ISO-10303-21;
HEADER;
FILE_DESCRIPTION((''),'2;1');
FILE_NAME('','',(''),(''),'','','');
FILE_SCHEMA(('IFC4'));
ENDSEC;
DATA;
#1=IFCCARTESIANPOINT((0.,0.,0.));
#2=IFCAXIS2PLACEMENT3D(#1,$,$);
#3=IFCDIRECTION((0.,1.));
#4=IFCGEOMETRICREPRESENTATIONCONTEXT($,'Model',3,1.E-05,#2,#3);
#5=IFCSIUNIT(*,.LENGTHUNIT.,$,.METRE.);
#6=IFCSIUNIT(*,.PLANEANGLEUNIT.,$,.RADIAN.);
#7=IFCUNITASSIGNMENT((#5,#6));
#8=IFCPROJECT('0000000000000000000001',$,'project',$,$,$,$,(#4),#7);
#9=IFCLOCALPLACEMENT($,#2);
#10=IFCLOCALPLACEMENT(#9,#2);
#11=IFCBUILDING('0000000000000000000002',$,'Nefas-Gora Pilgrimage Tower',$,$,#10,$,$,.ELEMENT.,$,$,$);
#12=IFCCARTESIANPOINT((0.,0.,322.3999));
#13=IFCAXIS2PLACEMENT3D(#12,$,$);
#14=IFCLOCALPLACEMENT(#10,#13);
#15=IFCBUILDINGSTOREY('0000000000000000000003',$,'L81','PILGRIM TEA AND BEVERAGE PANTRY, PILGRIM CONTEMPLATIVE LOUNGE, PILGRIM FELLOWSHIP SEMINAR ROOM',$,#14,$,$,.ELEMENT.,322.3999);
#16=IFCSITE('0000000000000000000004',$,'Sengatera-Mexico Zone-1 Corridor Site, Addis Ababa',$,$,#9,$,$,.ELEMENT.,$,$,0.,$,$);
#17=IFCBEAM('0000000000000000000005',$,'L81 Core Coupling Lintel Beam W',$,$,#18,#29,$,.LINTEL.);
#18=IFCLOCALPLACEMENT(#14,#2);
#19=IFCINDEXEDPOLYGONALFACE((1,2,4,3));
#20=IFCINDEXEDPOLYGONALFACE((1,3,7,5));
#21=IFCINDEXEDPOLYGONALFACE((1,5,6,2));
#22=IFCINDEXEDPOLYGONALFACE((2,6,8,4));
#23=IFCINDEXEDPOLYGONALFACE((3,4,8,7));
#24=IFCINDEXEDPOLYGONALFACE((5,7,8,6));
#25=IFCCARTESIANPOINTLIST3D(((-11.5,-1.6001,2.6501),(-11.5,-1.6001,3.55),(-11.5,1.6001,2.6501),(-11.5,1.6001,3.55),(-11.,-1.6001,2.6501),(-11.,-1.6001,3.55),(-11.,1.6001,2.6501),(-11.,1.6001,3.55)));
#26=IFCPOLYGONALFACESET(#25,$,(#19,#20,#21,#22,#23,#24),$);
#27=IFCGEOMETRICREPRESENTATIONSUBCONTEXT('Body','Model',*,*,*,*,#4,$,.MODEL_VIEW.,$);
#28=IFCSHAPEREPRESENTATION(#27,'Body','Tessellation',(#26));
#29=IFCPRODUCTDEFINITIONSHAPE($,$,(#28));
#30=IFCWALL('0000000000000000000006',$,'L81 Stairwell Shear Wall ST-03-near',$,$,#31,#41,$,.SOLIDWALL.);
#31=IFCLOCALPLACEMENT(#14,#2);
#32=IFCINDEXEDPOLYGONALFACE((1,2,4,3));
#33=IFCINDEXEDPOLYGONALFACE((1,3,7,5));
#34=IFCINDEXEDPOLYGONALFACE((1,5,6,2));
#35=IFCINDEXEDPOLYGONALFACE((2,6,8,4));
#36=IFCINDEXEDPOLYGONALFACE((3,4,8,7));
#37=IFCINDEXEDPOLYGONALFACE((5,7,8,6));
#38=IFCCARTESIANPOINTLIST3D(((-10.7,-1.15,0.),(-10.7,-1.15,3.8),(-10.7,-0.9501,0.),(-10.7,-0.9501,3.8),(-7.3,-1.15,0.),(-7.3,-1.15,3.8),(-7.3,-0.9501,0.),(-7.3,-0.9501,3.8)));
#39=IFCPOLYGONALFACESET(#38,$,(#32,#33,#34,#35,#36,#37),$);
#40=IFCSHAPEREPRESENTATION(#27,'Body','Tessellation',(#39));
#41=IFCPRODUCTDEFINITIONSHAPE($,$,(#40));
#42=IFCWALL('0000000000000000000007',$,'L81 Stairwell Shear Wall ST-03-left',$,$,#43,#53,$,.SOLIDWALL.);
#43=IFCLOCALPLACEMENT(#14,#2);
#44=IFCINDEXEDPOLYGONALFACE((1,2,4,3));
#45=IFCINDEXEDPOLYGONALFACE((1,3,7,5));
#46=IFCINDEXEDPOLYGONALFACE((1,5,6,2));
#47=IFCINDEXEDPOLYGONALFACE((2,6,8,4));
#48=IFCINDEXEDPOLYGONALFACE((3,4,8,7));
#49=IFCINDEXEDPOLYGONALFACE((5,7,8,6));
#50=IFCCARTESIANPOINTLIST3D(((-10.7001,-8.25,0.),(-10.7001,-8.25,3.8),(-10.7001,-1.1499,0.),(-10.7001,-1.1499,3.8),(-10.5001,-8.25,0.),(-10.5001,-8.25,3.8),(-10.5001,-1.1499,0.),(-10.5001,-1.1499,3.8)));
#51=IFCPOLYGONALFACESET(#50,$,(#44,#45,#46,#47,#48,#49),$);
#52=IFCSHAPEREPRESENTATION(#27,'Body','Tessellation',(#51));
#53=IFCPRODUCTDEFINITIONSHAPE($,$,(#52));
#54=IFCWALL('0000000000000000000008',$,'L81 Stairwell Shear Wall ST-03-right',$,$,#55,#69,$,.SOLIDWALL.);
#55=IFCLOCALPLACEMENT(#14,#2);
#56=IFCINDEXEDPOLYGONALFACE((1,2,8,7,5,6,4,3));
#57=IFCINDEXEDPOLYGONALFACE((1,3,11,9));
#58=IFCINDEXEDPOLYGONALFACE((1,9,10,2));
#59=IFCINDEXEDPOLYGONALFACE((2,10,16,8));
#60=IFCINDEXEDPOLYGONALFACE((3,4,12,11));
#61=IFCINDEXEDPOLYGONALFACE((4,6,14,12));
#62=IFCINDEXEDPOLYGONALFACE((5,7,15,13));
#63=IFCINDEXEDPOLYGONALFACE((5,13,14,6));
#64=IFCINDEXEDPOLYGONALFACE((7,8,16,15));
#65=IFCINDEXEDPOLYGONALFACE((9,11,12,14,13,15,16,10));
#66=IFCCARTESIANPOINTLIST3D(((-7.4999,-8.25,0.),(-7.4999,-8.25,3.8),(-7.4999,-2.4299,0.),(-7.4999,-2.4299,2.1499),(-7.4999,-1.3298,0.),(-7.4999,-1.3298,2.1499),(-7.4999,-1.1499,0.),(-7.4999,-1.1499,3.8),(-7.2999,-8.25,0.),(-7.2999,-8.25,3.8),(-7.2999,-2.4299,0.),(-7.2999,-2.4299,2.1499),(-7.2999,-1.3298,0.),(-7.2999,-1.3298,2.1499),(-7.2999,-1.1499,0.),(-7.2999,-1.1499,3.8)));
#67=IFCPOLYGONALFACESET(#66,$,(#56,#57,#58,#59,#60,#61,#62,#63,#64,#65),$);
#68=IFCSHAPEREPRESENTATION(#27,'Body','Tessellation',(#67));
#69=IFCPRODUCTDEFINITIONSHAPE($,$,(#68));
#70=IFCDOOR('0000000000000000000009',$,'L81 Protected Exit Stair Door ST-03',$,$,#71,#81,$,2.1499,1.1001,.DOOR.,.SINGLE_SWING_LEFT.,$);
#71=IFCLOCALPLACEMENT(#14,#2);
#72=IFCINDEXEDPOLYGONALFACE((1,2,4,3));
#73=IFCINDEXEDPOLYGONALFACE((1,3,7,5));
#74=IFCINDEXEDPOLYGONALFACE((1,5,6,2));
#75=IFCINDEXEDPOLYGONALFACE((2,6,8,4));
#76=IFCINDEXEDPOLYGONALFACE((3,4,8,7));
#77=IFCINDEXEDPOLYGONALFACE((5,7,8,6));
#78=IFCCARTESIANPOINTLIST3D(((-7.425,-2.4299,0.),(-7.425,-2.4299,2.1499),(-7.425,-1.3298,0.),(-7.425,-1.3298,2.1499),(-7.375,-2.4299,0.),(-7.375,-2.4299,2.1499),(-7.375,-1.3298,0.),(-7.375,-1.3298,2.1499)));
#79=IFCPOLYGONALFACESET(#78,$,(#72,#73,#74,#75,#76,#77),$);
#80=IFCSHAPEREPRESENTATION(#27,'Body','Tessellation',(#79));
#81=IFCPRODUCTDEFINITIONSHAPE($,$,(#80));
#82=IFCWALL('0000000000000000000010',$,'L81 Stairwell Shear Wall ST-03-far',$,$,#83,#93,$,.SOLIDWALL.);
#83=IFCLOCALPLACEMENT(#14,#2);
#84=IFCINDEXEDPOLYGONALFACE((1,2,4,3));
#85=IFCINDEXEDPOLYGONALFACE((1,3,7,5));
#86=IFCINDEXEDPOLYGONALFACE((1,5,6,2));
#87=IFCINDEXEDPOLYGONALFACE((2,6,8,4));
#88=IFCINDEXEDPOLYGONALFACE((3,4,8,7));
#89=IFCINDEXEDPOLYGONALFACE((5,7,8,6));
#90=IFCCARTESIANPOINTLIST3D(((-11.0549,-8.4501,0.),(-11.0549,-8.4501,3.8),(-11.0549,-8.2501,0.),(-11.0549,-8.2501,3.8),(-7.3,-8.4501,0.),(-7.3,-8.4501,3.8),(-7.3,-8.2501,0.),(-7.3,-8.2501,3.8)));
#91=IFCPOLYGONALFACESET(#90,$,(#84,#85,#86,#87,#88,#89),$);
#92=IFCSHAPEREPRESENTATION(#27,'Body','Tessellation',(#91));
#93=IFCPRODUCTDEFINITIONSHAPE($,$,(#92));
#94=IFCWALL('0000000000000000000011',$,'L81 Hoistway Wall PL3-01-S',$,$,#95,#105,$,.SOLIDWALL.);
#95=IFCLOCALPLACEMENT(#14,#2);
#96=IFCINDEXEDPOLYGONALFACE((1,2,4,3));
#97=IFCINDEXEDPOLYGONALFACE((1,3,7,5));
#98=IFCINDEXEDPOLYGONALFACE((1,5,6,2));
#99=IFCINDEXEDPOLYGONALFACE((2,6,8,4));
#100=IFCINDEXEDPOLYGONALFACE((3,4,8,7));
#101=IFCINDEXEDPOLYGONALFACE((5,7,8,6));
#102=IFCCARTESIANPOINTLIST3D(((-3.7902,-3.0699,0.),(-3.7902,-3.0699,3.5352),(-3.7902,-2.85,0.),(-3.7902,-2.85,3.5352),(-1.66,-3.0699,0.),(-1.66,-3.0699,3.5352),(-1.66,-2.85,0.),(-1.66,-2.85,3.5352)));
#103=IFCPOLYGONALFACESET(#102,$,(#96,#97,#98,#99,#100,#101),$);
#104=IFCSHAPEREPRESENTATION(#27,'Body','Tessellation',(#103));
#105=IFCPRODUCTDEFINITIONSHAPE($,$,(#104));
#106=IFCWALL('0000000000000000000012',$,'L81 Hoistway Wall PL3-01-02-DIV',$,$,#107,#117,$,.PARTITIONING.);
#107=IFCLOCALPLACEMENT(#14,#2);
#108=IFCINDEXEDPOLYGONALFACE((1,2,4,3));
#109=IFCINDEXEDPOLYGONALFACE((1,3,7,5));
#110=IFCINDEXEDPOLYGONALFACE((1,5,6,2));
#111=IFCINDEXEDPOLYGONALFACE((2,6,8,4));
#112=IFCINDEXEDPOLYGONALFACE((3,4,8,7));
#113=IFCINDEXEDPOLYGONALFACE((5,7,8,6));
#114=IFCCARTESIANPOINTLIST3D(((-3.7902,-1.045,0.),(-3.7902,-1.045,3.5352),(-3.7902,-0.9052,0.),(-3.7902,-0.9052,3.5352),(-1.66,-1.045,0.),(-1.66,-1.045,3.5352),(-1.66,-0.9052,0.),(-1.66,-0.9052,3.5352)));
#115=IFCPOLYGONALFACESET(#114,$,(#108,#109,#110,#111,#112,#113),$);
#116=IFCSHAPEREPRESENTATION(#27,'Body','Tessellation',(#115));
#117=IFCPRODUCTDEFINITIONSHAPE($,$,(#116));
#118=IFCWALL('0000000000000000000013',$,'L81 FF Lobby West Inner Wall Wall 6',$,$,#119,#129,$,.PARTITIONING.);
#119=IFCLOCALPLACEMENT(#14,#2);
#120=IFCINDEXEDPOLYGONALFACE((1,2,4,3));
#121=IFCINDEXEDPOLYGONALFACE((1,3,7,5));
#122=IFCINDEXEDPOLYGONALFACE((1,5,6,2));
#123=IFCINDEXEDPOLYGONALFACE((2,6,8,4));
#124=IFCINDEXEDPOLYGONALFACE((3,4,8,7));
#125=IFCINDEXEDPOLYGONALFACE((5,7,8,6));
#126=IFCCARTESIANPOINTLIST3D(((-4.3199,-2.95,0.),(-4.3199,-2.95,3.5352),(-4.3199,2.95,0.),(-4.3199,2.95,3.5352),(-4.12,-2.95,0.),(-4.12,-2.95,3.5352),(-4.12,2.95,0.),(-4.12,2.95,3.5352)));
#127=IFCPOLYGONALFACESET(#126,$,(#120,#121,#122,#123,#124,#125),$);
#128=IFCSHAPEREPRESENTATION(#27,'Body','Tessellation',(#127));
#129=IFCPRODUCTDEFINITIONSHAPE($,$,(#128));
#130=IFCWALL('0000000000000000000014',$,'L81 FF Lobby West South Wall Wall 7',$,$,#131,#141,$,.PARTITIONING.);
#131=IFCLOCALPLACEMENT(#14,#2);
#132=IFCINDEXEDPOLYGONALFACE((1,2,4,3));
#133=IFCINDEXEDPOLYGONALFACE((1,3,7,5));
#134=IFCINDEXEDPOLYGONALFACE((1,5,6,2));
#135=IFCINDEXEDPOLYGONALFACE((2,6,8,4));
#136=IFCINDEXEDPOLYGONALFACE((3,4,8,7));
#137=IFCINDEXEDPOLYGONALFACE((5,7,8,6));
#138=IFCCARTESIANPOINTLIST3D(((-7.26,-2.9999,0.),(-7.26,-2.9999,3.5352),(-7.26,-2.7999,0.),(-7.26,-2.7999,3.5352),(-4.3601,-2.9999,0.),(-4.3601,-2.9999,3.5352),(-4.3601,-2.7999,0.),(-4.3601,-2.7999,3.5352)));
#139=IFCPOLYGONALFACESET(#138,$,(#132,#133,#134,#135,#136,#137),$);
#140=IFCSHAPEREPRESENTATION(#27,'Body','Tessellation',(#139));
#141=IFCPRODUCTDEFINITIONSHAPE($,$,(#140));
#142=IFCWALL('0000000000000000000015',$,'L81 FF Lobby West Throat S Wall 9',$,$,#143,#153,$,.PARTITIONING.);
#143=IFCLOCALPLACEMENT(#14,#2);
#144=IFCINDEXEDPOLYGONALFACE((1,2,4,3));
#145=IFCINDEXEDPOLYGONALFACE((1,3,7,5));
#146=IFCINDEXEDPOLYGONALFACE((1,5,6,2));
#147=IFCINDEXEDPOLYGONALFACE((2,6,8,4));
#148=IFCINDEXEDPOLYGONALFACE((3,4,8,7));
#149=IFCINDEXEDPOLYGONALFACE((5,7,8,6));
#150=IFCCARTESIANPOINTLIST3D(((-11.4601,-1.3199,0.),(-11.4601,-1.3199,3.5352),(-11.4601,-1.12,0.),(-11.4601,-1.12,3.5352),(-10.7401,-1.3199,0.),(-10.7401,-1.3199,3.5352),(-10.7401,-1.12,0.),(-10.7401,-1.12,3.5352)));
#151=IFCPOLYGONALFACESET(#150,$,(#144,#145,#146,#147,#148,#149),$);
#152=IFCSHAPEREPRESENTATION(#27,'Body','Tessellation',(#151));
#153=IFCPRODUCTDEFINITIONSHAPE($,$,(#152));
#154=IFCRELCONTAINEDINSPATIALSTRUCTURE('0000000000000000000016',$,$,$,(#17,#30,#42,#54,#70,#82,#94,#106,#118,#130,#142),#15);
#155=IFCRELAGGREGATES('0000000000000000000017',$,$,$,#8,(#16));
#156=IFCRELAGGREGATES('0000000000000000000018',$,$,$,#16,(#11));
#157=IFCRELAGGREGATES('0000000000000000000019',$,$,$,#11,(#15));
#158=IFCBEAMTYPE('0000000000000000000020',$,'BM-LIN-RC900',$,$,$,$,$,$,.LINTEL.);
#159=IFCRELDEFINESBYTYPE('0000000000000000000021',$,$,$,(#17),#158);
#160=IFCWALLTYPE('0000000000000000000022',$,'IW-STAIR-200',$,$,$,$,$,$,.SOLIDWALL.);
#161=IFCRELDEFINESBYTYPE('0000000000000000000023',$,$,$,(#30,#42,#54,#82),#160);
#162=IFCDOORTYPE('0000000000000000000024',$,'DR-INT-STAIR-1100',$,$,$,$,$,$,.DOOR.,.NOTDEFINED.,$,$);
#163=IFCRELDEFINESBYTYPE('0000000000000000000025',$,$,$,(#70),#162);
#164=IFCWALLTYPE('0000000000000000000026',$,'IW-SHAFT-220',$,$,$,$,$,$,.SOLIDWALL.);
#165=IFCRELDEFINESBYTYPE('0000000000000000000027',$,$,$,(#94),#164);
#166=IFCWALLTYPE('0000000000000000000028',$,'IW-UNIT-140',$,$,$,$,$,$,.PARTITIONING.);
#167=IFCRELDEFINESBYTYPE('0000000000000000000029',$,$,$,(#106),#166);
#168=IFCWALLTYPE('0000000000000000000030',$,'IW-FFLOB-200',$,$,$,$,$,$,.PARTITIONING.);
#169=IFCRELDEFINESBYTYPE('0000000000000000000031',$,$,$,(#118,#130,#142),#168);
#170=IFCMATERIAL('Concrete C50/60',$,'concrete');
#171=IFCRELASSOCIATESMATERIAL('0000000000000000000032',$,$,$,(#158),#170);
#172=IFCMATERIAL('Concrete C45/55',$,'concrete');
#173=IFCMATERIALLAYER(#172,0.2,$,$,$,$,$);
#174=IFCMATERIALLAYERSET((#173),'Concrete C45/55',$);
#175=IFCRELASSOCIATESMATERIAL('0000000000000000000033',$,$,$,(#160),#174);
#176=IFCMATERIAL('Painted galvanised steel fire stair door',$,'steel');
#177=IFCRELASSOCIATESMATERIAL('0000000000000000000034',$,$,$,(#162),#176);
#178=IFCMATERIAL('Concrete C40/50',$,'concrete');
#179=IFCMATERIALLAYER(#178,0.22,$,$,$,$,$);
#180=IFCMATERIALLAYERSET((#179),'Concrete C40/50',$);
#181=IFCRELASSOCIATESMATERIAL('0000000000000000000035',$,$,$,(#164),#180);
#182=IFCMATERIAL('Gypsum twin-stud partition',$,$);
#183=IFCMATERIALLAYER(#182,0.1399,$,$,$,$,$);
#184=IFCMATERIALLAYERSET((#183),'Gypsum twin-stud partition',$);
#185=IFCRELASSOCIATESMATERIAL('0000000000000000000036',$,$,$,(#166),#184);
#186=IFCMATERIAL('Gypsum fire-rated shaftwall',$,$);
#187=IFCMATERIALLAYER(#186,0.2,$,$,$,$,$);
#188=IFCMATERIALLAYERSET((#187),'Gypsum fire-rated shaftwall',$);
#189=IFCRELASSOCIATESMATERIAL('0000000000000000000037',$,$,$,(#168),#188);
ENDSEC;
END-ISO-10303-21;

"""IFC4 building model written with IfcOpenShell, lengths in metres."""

from ifc_helpers import new_model, si_unit, direction, frame, frame_2d, origin, origin_2d, place, context, subcontext, project, spatial, rectangle, extrude, source, transform, mapped, material, layer, layer_set, material_profile, profile_set, type_object, element, fill, save


model = new_model("IFC4")

# Units and contexts
model_context = context("Model", 3, precision=1e-05, world=origin(), true_north=direction((0.0, 1.0)))
body_context = subcontext(model_context, "Body", "Model", "MODEL_VIEW")
ifc_project = project(units=[si_unit("LENGTHUNIT", "METRE"), si_unit("PLANEANGLEUNIT", "RADIAN")], contexts=[model_context])

# Site, building, storey
site_placement = place(None, origin())
site = spatial("IfcSite", under=ifc_project, at=site_placement, Name="Sengatera-Mexico Zone-1 Corridor Site, Addis Ababa", CompositionType="ELEMENT", RefElevation=0.0)
building_placement = place(site_placement, origin())
building = spatial("IfcBuilding", under=site, at=building_placement, Name="Nefas-Gora Pilgrimage Tower", CompositionType="ELEMENT")
storey_placement = place(building_placement, frame((0.0, 0.0, 322.3999)))
storey = spatial("IfcBuildingStorey", under=building, at=storey_placement, Name="L81", Description="PILGRIM TEA AND BEVERAGE PANTRY, PILGRIM CONTEMPLATIVE LOUNGE, PILGRIM FELLOWSHIP SEMINAR ROOM", CompositionType="ELEMENT", Elevation=322.3999)

# Beam
ifc_material_1 = material(Name="Concrete C50/60", Category="concrete")
ifc_material_profile = material_profile(ifc_material_1, rectangle(XDim=0.5, YDim=0.8999, at=origin_2d()), Name="RC 500x900")
ifc_profile_set = profile_set([ifc_material_profile], Name="Concrete C50/60")
beam_type = type_object("IfcBeamType", Name="BM-LIN-RC900", PredefinedType="LINTEL", material=ifc_profile_set)
shared_shape_1 = source(origin(), body_context, "Body", "SweptSolid", [
    extrude(rectangle(XDim=0.5, YDim=0.8999, at=origin_2d()), origin(), (0.0, 0.0, 1.0), 3.2002),
])
beam_placement = place(storey_placement, frame((-11.25, -1.6001, 3.1001), z_axis=(0.0, 1.0, 0.0), x_axis=(-1.0, 0.0, 0.0)))
element("IfcBeam", 1, at=beam_placement, inside=storey, type_object=beam_type, Name="L81 Core Coupling Lintel Beam W", PredefinedType="LINTEL", context=body_context, shape_type="MappedRepresentation", body=[
    mapped(shared_shape_1, transform((0.0, 0.0, 0.0), x_axis=(1.0, 0.0, 0.0), y_axis=(0.0, 1.0, 0.0), z_axis=(0.0, 0.0, 1.0), scale=1.0)),
])

# Walls
ifc_material_2 = material(Name="Concrete C45/55", Category="concrete")
ifc_layer_1 = layer(ifc_material_2, 0.2)
ifc_layer_set_1 = layer_set([ifc_layer_1], Name="Concrete C45/55")
wall_type_1 = type_object("IfcWallType", Name="IW-STAIR-200", PredefinedType="SOLIDWALL", material=ifc_layer_set_1)
shared_shape_2 = source(origin(), body_context, "Body", "SweptSolid", [
    extrude(rectangle(XDim=3.3999, YDim=0.2, at=frame_2d((1.7, 0.0))), origin(), (0.0, 0.0, 1.0), 3.8),
])
wall_1_placement = place(storey_placement, frame((-10.7, -1.05, 0.0), z_axis=(0.0, 0.0, 1.0), x_axis=(1.0, 0.0, 0.0)))
element("IfcWall", 2, at=wall_1_placement, inside=storey, type_object=wall_type_1, Name="L81 Stairwell Shear Wall ST-03-near", PredefinedType="SOLIDWALL", context=body_context, shape_type="MappedRepresentation", body=[
    mapped(shared_shape_2, transform((0.0, 0.0, 0.0), x_axis=(1.0, 0.0, 0.0), y_axis=(0.0, 1.0, 0.0), z_axis=(0.0, 0.0, 1.0), scale=1.0)),
])
shared_shape_3 = source(origin(), body_context, "Body", "SweptSolid", [
    extrude(rectangle(XDim=7.1001, YDim=0.2, at=frame_2d((3.55, 0.0))), origin(), (0.0, 0.0, 1.0), 3.8),
])
wall_2_placement = place(storey_placement, frame((-10.6001, -1.1499, 0.0), z_axis=(0.0, 0.0, 1.0), x_axis=(0.0, -1.0, 0.0)))
element("IfcWall", 3, at=wall_2_placement, inside=storey, type_object=wall_type_1, Name="L81 Stairwell Shear Wall ST-03-left", PredefinedType="SOLIDWALL", context=body_context, shape_type="MappedRepresentation", body=[
    mapped(shared_shape_3, transform((0.0, 0.0, 0.0), x_axis=(1.0, 0.0, 0.0), y_axis=(0.0, 1.0, 0.0), z_axis=(0.0, 0.0, 1.0), scale=1.0)),
])

# Wall, opening, door
wall_3_placement = place(storey_placement, frame((-7.3999, -1.1499, 0.0), z_axis=(0.0, 0.0, 1.0), x_axis=(0.0, -1.0, 0.0)))
wall_3 = element("IfcWall", 4, at=wall_3_placement, inside=storey, type_object=wall_type_1, Name="L81 Stairwell Shear Wall ST-03-right", PredefinedType="SOLIDWALL", context=body_context, shape_type="MappedRepresentation", body=[
    mapped(shared_shape_3, transform((0.0, 0.0, 0.0), x_axis=(1.0, 0.0, 0.0), y_axis=(0.0, 1.0, 0.0), z_axis=(0.0, 0.0, 1.0), scale=1.0)),
])
opening_1_placement = place(wall_3_placement, frame((0.1799, 0.0, 0.0)))
opening_1 = element("IfcOpeningElement", 5, at=opening_1_placement, cuts=wall_3, PredefinedType="OPENING", context=body_context, shape_type="SweptSolid", body=[
    extrude(rectangle(XDim=1.1001, YDim=2.1499, at=frame_2d((0.55, 1.075))), frame((0.0, 0.1099, 0.0), z_axis=(0.0, -1.0, 0.0), x_axis=(1.0, 0.0, 0.0)), (0.0, 0.0, 1.0), 0.22),
])
ifc_material_3 = material(Name="Painted galvanised steel fire stair door", Category="steel")
door_type_1 = type_object("IfcDoorType", Name="DR-INT-STAIR-1100", OperationType="NOTDEFINED", PredefinedType="DOOR", material=ifc_material_3)
shared_shape_4 = source(origin(), body_context, "Body", "SweptSolid", [
    extrude(rectangle(XDim=1.1001, YDim=2.1499, at=frame_2d((0.55, 1.075))), frame((0.0, 0.0249, 0.0), z_axis=(0.0, -1.0, 0.0), x_axis=(1.0, 0.0, 0.0)), (0.0, 0.0, 1.0), 0.05),
])
door_1_placement = place(opening_1_placement, origin())
door_1 = element("IfcDoor", 6, at=door_1_placement, inside=storey, type_object=door_type_1, Name="L81 Protected Exit Stair Door ST-03", OperationType="SINGLE_SWING_LEFT", OverallHeight=2.1499, OverallWidth=1.1001, PredefinedType="DOOR", context=body_context, shape_type="MappedRepresentation", body=[
    mapped(shared_shape_4, transform((0.0, 0.0, 0.0), x_axis=(1.0, 0.0, 0.0), y_axis=(0.0, 1.0, 0.0), z_axis=(0.0, 0.0, 1.0), scale=1.0)),
])
fill(opening_1, door_1)

# Walls
shared_shape_5 = source(origin(), body_context, "Body", "SweptSolid", [
    extrude(rectangle(XDim=3.7549, YDim=0.2, at=frame_2d((1.8774, 0.0))), origin(), (0.0, 0.0, 1.0), 3.8),
])
wall_4_placement = place(storey_placement, frame((-11.0549, -8.3501, 0.0), z_axis=(0.0, 0.0, 1.0), x_axis=(1.0, 0.0, 0.0)))
element("IfcWall", 7, at=wall_4_placement, inside=storey, type_object=wall_type_1, Name="L81 Stairwell Shear Wall ST-03-far", PredefinedType="SOLIDWALL", context=body_context, shape_type="MappedRepresentation", body=[
    mapped(shared_shape_5, transform((0.0, 0.0, 0.0), x_axis=(1.0, 0.0, 0.0), y_axis=(0.0, 1.0, 0.0), z_axis=(0.0, 0.0, 1.0), scale=1.0)),
])
ifc_material_4 = material(Name="Concrete C40/50", Category="concrete")
ifc_layer_2 = layer(ifc_material_4, 0.22)
ifc_layer_set_2 = layer_set([ifc_layer_2], Name="Concrete C40/50")
wall_type_2 = type_object("IfcWallType", Name="IW-SHAFT-220", PredefinedType="SOLIDWALL", material=ifc_layer_set_2)
shared_shape_6 = source(origin(), body_context, "Body", "SweptSolid", [
    extrude(rectangle(XDim=2.1301, YDim=0.22, at=frame_2d((1.0649, 0.0))), origin(), (0.0, 0.0, 1.0), 3.5352),
])
wall_5_placement = place(storey_placement, frame((-3.79, -2.96, 0.0), z_axis=(0.0, 0.0, 1.0), x_axis=(1.0, 0.0, 0.0)))
element("IfcWall", 8, at=wall_5_placement, inside=storey, type_object=wall_type_2, Name="L81 Hoistway Wall PL3-01-S", PredefinedType="SOLIDWALL", context=body_context, shape_type="MappedRepresentation", body=[
    mapped(shared_shape_6, transform((0.0, 0.0, 0.0), x_axis=(1.0, 0.0, 0.0), y_axis=(0.0, 1.0, 0.0), z_axis=(0.0, 0.0, 1.0), scale=1.0)),
])
ifc_material_5 = material(Name="Gypsum twin-stud partition")
ifc_layer_3 = layer(ifc_material_5, 0.1399)
ifc_layer_set_3 = layer_set([ifc_layer_3], Name="Gypsum twin-stud partition")
wall_type_3 = type_object("IfcWallType", Name="IW-UNIT-140", PredefinedType="PARTITIONING", material=ifc_layer_set_3)
shared_shape_7 = source(origin(), body_context, "Body", "SweptSolid", [
    extrude(rectangle(XDim=2.1301, YDim=0.1399, at=frame_2d((1.0649, 0.0))), origin(), (0.0, 0.0, 1.0), 3.5352),
])
wall_6_placement = place(storey_placement, frame((-3.79, -0.9751, 0.0), z_axis=(0.0, 0.0, 1.0), x_axis=(1.0, 0.0, 0.0)))
element("IfcWall", 9, at=wall_6_placement, inside=storey, type_object=wall_type_3, Name="L81 Hoistway Wall PL3-01-02-DIV", PredefinedType="PARTITIONING", context=body_context, shape_type="MappedRepresentation", body=[
    mapped(shared_shape_7, transform((0.0, 0.0, 0.0), x_axis=(1.0, 0.0, 0.0), y_axis=(0.0, 1.0, 0.0), z_axis=(0.0, 0.0, 1.0), scale=1.0)),
])
ifc_material_6 = material(Name="Gypsum fire-rated shaftwall")
ifc_layer_4 = layer(ifc_material_6, 0.2)
ifc_layer_set_4 = layer_set([ifc_layer_4], Name="Gypsum fire-rated shaftwall")
wall_type_4 = type_object("IfcWallType", Name="IW-FFLOB-200", PredefinedType="PARTITIONING", material=ifc_layer_set_4)
shared_shape_8 = source(origin(), body_context, "Body", "SweptSolid", [
    extrude(rectangle(XDim=5.8999, YDim=0.2, at=frame_2d((2.95, 0.0))), origin(), (0.0, 0.0, 1.0), 3.5352),
])
wall_7_placement = place(storey_placement, frame((-4.22, -2.95, 0.0), z_axis=(0.0, 0.0, 1.0), x_axis=(0.0, 1.0, 0.0)))
element("IfcWall", 10, at=wall_7_placement, inside=storey, type_object=wall_type_4, Name="L81 FF Lobby West Inner Wall Wall 6", PredefinedType="PARTITIONING", context=body_context, shape_type="MappedRepresentation", body=[
    mapped(shared_shape_8, transform((0.0, 0.0, 0.0), x_axis=(1.0, 0.0, 0.0), y_axis=(0.0, 1.0, 0.0), z_axis=(0.0, 0.0, 1.0), scale=1.0)),
])
shared_shape_9 = source(origin(), body_context, "Body", "SweptSolid", [
    extrude(rectangle(XDim=2.8999, YDim=0.2, at=frame_2d((1.45, 0.0))), origin(), (0.0, 0.0, 1.0), 3.5352),
])
wall_8_placement = place(storey_placement, frame((-7.26, -2.8999, 0.0), z_axis=(0.0, 0.0, 1.0), x_axis=(1.0, 0.0, 0.0)))
element("IfcWall", 11, at=wall_8_placement, inside=storey, type_object=wall_type_4, Name="L81 FF Lobby West South Wall Wall 7", PredefinedType="PARTITIONING", context=body_context, shape_type="MappedRepresentation", body=[
    mapped(shared_shape_9, transform((0.0, 0.0, 0.0), x_axis=(1.0, 0.0, 0.0), y_axis=(0.0, 1.0, 0.0), z_axis=(0.0, 0.0, 1.0), scale=1.0)),
])
shared_shape_10 = source(origin(), body_context, "Body", "SweptSolid", [
    extrude(rectangle(XDim=0.72, YDim=0.2, at=frame_2d((0.3599, 0.0))), origin(), (0.0, 0.0, 1.0), 3.5352),
])
wall_9_placement = place(storey_placement, frame((-11.46, -1.22, 0.0), z_axis=(0.0, 0.0, 1.0), x_axis=(1.0, 0.0, 0.0)))
element("IfcWall", 12, at=wall_9_placement, inside=storey, type_object=wall_type_4, Name="L81 FF Lobby West Throat S Wall 9", PredefinedType="PARTITIONING", context=body_context, shape_type="MappedRepresentation", body=[
    mapped(shared_shape_10, transform((0.0, 0.0, 0.0), x_axis=(1.0, 0.0, 0.0), y_axis=(0.0, 1.0, 0.0), z_axis=(0.0, 0.0, 1.0), scale=1.0)),
])

save(model, "model.ifc")
